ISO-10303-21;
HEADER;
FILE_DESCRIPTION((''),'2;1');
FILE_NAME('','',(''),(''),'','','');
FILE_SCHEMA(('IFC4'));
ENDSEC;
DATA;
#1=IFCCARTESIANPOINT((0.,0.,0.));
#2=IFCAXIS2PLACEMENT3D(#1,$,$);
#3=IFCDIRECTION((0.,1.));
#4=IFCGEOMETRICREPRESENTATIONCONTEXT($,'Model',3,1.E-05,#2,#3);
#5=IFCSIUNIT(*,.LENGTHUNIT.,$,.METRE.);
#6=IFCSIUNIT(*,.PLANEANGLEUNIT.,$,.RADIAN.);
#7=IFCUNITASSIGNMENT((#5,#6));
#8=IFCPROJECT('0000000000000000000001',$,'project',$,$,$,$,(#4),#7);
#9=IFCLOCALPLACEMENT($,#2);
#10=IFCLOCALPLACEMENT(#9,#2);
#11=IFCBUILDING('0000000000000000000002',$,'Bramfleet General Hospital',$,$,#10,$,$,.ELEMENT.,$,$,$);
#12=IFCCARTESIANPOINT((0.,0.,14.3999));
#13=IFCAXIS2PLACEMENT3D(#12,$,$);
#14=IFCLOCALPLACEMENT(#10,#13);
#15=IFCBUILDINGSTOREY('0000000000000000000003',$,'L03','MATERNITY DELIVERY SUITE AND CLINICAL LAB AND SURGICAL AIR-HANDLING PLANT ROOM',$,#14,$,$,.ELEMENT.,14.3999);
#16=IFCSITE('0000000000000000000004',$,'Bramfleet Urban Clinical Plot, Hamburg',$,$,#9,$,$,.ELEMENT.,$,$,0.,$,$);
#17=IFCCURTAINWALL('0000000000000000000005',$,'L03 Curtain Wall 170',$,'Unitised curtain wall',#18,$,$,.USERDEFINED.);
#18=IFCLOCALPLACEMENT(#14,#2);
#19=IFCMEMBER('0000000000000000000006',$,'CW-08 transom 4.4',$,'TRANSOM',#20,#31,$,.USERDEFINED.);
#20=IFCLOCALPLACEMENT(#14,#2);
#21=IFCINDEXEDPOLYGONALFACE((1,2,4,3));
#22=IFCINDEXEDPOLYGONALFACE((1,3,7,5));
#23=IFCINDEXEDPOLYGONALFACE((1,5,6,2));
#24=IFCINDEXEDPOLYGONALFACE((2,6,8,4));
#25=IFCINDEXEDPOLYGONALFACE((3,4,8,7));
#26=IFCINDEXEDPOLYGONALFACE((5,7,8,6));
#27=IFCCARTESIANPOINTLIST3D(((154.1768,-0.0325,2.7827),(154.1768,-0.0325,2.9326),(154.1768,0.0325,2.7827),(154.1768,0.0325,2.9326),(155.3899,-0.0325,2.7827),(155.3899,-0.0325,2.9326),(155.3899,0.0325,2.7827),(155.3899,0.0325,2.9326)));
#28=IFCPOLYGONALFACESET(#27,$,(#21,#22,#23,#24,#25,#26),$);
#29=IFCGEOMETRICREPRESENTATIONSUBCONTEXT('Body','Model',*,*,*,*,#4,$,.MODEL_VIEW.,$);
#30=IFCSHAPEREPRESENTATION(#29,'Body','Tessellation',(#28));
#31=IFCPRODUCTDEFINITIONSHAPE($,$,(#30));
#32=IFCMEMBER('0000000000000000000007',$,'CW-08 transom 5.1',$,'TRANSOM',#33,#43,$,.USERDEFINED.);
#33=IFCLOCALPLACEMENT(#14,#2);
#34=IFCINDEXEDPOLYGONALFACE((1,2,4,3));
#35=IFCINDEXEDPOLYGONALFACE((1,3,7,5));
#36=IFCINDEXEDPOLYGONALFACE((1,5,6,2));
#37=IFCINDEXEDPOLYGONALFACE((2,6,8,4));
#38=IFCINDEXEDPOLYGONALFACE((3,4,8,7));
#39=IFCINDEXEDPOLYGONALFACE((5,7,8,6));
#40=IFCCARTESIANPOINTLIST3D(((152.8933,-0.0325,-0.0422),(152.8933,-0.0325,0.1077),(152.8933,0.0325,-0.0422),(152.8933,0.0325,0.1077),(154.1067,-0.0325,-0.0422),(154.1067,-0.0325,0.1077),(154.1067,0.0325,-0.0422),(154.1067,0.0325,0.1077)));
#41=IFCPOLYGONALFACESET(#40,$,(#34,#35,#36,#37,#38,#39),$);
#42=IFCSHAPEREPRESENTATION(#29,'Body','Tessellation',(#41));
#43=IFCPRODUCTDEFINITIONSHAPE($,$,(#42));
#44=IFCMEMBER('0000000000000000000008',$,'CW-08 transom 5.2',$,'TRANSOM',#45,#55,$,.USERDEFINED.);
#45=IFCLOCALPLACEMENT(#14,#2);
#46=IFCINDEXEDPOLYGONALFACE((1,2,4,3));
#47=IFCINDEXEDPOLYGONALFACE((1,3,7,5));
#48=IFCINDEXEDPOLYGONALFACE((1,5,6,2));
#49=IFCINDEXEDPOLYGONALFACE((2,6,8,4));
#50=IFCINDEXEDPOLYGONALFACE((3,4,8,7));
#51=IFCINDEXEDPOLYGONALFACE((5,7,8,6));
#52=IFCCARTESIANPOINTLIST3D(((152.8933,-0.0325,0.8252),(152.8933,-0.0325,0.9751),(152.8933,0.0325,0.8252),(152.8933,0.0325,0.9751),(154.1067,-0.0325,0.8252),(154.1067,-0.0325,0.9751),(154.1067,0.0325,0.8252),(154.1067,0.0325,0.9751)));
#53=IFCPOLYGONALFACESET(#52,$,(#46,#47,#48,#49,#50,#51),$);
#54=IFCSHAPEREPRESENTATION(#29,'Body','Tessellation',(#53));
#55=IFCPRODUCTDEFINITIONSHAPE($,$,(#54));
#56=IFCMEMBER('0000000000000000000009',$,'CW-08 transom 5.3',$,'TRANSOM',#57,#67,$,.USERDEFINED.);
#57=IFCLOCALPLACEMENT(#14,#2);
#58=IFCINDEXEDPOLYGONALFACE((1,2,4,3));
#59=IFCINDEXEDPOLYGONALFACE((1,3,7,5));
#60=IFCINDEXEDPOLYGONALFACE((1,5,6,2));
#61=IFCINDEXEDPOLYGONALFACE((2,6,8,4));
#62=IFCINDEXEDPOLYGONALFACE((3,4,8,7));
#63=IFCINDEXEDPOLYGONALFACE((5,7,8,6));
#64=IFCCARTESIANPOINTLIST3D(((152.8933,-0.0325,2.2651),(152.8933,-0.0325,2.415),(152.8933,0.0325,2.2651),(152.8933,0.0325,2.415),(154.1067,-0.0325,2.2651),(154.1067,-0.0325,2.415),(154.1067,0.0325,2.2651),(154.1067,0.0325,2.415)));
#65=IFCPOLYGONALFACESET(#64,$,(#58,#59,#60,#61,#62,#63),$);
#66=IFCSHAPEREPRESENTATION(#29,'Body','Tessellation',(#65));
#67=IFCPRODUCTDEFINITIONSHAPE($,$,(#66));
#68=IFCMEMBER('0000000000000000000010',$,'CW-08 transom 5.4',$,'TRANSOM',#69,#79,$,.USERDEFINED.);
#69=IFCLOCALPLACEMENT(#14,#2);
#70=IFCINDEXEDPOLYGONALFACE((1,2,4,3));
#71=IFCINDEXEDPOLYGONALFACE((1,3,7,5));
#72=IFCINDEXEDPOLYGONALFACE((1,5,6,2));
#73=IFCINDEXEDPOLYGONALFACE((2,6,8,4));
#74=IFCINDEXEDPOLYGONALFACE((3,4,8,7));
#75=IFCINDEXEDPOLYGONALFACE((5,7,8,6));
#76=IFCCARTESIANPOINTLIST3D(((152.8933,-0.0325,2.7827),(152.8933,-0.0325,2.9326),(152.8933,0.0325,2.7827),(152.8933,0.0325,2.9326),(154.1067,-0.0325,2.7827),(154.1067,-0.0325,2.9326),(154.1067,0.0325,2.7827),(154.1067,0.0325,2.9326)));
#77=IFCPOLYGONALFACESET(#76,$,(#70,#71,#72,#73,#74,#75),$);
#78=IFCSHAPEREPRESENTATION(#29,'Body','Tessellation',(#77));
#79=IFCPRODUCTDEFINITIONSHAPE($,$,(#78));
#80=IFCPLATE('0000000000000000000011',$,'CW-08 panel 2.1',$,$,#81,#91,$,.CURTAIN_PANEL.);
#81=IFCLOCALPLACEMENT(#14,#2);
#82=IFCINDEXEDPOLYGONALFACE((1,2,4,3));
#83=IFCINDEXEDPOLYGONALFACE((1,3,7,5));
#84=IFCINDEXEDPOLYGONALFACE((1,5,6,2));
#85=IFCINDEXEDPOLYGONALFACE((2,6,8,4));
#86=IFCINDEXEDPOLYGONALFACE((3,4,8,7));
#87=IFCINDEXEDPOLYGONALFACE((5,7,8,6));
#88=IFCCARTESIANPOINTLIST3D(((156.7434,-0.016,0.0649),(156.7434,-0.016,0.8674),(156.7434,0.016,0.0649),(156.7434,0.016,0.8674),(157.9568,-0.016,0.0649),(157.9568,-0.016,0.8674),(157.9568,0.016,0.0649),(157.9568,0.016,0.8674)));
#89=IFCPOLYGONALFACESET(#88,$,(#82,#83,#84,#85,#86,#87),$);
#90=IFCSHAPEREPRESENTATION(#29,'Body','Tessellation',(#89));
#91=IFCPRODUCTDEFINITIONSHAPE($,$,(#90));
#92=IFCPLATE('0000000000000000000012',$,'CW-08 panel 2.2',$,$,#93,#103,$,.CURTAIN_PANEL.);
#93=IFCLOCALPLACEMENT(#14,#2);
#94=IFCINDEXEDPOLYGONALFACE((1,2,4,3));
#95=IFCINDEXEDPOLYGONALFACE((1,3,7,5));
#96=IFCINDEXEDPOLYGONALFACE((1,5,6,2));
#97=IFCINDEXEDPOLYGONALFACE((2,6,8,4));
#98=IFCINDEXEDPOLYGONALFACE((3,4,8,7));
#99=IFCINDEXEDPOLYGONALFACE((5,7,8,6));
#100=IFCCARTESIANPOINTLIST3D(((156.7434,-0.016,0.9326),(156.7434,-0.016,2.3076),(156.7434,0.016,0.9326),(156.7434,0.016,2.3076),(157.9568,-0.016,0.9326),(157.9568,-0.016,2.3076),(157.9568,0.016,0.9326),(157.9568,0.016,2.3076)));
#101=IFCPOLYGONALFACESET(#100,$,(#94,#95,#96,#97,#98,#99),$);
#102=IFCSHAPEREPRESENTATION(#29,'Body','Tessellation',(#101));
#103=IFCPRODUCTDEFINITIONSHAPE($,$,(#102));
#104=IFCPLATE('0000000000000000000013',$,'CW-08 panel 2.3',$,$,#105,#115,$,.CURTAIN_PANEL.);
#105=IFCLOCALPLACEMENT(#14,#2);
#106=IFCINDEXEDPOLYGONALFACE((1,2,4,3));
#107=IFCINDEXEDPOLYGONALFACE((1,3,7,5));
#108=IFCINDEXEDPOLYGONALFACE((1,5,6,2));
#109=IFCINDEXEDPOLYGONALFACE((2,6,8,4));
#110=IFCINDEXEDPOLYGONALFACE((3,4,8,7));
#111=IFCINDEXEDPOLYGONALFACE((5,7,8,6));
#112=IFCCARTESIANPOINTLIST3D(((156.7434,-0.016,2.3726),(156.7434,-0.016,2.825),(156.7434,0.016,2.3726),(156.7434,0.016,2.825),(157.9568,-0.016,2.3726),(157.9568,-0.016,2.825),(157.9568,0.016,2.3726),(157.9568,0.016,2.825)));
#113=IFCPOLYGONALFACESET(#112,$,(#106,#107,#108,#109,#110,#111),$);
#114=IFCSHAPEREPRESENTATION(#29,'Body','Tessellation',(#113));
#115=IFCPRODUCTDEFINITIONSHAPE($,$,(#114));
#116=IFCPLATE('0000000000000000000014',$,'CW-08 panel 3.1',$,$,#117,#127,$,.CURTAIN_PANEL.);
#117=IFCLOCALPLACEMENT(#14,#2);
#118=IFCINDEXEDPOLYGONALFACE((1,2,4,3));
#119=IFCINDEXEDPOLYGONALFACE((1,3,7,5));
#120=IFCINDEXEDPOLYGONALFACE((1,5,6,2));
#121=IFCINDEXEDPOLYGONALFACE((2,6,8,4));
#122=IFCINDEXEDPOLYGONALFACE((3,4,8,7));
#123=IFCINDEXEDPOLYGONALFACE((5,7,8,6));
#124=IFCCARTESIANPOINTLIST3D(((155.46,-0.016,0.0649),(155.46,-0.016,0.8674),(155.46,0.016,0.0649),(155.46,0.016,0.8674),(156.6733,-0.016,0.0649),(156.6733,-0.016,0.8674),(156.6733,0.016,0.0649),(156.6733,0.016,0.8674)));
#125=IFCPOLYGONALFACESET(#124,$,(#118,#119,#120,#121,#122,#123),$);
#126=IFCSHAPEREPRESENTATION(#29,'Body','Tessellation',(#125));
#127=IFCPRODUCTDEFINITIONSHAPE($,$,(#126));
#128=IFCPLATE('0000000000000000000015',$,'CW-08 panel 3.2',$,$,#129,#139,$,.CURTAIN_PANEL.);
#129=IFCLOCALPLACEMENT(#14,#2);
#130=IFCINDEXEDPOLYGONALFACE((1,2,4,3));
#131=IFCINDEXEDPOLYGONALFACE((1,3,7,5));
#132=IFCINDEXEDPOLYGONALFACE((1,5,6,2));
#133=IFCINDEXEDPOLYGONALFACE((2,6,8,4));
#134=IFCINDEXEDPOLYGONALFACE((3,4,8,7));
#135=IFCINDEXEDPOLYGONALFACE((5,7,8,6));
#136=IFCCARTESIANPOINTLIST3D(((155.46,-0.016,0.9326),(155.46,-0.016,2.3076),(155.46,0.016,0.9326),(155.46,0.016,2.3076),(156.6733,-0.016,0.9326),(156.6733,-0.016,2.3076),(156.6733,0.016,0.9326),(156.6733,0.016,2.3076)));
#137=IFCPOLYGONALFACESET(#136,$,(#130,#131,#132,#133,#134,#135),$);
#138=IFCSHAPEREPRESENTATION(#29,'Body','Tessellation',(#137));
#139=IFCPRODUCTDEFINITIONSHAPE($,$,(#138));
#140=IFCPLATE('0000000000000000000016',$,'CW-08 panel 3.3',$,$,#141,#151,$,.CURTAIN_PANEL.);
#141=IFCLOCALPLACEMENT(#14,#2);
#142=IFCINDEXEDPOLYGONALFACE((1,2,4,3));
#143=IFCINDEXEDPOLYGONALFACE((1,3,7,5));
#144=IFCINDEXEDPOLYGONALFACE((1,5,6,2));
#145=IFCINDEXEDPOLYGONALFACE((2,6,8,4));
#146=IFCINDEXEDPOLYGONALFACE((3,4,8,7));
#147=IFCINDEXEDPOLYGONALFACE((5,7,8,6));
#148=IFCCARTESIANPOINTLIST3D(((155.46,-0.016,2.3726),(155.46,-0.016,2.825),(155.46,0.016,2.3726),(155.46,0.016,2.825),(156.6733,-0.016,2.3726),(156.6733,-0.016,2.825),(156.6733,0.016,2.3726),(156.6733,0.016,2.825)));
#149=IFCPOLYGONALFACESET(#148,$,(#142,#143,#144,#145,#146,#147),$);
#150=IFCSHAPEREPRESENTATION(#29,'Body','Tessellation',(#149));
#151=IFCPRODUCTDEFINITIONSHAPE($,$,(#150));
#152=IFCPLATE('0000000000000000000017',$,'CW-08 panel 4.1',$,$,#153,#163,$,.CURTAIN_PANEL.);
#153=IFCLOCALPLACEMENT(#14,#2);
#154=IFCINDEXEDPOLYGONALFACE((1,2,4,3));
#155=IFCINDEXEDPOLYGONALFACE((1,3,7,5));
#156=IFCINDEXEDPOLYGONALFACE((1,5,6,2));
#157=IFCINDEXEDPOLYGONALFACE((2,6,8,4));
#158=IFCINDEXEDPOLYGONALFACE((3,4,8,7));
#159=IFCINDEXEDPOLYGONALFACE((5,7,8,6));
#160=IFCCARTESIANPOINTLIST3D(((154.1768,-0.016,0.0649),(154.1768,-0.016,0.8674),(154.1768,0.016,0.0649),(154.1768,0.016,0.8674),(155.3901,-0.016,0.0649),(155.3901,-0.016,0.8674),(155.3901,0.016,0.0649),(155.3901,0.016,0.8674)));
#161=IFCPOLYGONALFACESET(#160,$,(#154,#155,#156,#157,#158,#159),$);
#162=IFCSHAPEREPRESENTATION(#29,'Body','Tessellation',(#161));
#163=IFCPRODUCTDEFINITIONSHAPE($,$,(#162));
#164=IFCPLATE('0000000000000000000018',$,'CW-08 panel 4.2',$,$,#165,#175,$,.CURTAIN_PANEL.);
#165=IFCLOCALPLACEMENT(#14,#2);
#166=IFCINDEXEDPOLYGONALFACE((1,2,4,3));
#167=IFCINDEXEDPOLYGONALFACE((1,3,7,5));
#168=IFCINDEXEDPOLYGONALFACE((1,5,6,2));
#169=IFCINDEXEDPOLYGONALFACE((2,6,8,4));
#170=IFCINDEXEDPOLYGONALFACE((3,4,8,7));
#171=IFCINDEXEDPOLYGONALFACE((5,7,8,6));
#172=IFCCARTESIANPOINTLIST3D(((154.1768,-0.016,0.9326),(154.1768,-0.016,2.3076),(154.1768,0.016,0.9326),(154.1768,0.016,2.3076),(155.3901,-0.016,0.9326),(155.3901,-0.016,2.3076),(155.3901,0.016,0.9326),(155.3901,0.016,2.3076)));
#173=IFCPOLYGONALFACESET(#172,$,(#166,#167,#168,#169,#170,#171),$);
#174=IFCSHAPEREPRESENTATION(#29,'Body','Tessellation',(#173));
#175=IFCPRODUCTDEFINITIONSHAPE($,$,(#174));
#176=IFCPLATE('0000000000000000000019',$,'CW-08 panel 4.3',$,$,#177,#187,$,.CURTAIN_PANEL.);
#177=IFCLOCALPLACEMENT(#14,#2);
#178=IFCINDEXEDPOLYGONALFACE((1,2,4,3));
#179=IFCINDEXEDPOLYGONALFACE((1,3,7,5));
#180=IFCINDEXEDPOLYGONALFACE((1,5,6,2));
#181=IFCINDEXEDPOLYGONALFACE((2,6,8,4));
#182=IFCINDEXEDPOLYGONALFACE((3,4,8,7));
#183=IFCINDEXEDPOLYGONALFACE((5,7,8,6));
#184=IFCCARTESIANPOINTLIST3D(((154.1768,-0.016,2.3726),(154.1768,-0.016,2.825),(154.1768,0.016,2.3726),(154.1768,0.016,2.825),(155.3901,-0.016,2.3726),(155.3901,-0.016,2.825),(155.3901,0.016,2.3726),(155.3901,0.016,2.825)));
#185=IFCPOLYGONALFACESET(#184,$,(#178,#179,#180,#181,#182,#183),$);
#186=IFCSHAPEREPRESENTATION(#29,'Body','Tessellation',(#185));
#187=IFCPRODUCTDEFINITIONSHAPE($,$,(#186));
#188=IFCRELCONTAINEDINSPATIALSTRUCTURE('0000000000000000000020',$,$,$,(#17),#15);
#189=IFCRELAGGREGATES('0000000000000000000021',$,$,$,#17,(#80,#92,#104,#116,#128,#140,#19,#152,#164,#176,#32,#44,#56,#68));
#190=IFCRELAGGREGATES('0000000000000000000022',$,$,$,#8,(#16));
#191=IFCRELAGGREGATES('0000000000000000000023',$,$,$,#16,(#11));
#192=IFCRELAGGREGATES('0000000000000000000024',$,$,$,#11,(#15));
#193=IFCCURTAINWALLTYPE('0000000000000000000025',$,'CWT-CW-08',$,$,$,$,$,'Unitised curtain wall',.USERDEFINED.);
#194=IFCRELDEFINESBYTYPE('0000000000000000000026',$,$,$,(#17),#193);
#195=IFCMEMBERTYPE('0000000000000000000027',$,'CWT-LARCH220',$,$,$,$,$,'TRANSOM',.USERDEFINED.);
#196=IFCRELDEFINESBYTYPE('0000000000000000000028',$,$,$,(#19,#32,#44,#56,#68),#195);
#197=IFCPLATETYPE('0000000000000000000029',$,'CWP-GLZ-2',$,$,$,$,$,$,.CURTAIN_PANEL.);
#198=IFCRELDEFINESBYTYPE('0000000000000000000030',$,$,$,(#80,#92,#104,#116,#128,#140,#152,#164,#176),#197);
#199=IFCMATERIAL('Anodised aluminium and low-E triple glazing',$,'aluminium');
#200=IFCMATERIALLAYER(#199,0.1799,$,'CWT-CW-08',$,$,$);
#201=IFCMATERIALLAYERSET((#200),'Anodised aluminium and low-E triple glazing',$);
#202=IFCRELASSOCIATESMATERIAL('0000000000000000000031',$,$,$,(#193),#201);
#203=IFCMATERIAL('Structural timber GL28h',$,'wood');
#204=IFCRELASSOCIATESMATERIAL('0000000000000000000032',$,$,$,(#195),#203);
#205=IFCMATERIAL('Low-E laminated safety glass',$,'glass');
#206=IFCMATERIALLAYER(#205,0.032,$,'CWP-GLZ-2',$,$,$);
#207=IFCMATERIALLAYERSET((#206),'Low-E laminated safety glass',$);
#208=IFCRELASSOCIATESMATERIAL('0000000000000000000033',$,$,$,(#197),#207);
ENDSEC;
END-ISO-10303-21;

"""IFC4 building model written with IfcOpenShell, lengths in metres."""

from ifc_helpers import new_model, si_unit, direction, frame, origin, origin_2d, place, context, subcontext, project, spatial, rectangle, extrude, material, layer, layer_set, material_profile, profile_set, type_object, element, aggregate, save


model = new_model("IFC4")

# Units and contexts
model_context = context("Model", 3, precision=1e-05, world=origin(), true_north=direction((0.0, 1.0)))
body_context = subcontext(model_context, "Body", "Model", "MODEL_VIEW")
ifc_project = project(units=[si_unit("LENGTHUNIT", "METRE"), si_unit("PLANEANGLEUNIT", "RADIAN")], contexts=[model_context])

# Site, building, storey
site_placement = place(None, origin())
site = spatial("IfcSite", under=ifc_project, at=site_placement, Name="Bramfleet Urban Clinical Plot, Hamburg", CompositionType="ELEMENT", RefElevation=0.0)
building_placement = place(site_placement, origin())
building = spatial("IfcBuilding", under=site, at=building_placement, Name="Bramfleet General Hospital", CompositionType="ELEMENT")
storey_placement = place(building_placement, frame((0.0, 0.0, 14.3999)))
storey = spatial("IfcBuildingStorey", under=building, at=storey_placement, Name="L03", Description="MATERNITY DELIVERY SUITE AND CLINICAL LAB AND SURGICAL AIR-HANDLING PLANT ROOM", CompositionType="ELEMENT", Elevation=14.3999)

# Curtain wall, members, plates
ifc_material_1 = material(Name="Anodised aluminium and low-E triple glazing", Category="aluminium")
ifc_layer_1 = layer(ifc_material_1, 0.1799, Name="CWT-CW-08")
ifc_layer_set_1 = layer_set([ifc_layer_1], Name="Anodised aluminium and low-E triple glazing")
curtain_wall_type = type_object("IfcCurtainWallType", Name="CWT-CW-08", ElementType="Unitised curtain wall", PredefinedType="USERDEFINED", material=ifc_layer_set_1)
curtain_wall_placement = place(storey_placement, origin())
curtain_wall = element("IfcCurtainWall", 1, at=curtain_wall_placement, inside=storey, type_object=curtain_wall_type, Name="L03 Curtain Wall 170", ObjectType="Unitised curtain wall", PredefinedType="USERDEFINED")
ifc_material_2 = material(Name="Structural timber GL28h", Category="wood")
ifc_material_profile_1 = material_profile(ifc_material_2, rectangle(XDim=0.0649, YDim=0.1499, at=origin_2d()), Name="LARCH 150x65")
ifc_profile_set_1 = profile_set([ifc_material_profile_1], Name="Structural timber GL28h")
member_type_1 = type_object("IfcMemberType", Name="CWT-LARCH220", ElementType="TRANSOM", PredefinedType="USERDEFINED", material=ifc_profile_set_1)
member_1_placement = place(storey_placement, frame((155.3899, 0.0, 2.8577), z_axis=(-1.0, 0.0, 0.0), x_axis=(0.0, -1.0, 0.0)))
member_1 = element("IfcMember", 2, at=member_1_placement, type_object=member_type_1, Name="CW-08 transom 4.4", ObjectType="TRANSOM", PredefinedType="USERDEFINED", context=body_context, shape_type="SweptSolid", body=[
    extrude(rectangle(XDim=0.0649, YDim=0.1499, at=origin_2d()), origin(), (0.0, 0.0, 1.0), 1.2131),
])
member_2_placement = place(storey_placement, frame((154.1067, 0.0, 0.0327), z_axis=(-1.0, 0.0, 0.0), x_axis=(0.0, -1.0, 0.0)))
member_2 = element("IfcMember", 3, at=member_2_placement, type_object=member_type_1, Name="CW-08 transom 5.1", ObjectType="TRANSOM", PredefinedType="USERDEFINED", context=body_context, shape_type="SweptSolid", body=[
    extrude(rectangle(XDim=0.0649, YDim=0.1499, at=origin_2d()), origin(), (0.0, 0.0, 1.0), 1.2134),
])
member_3_placement = place(storey_placement, frame((154.1067, 0.0, 0.9001), z_axis=(-1.0, 0.0, 0.0), x_axis=(0.0, -1.0, 0.0)))
member_3 = element("IfcMember", 4, at=member_3_placement, type_object=member_type_1, Name="CW-08 transom 5.2", ObjectType="TRANSOM", PredefinedType="USERDEFINED", context=body_context, shape_type="SweptSolid", body=[
    extrude(rectangle(XDim=0.0649, YDim=0.1499, at=origin_2d()), origin(), (0.0, 0.0, 1.0), 1.2134),
])
member_4_placement = place(storey_placement, frame((154.1067, 0.0, 2.3401), z_axis=(-1.0, 0.0, 0.0), x_axis=(0.0, -1.0, 0.0)))
member_4 = element("IfcMember", 5, at=member_4_placement, type_object=member_type_1, Name="CW-08 transom 5.3", ObjectType="TRANSOM", PredefinedType="USERDEFINED", context=body_context, shape_type="SweptSolid", body=[
    extrude(rectangle(XDim=0.0649, YDim=0.1499, at=origin_2d()), origin(), (0.0, 0.0, 1.0), 1.2134),
])
member_5_placement = place(storey_placement, frame((154.1067, 0.0, 2.8577), z_axis=(-1.0, 0.0, 0.0), x_axis=(0.0, -1.0, 0.0)))
member_5 = element("IfcMember", 6, at=member_5_placement, type_object=member_type_1, Name="CW-08 transom 5.4", ObjectType="TRANSOM", PredefinedType="USERDEFINED", context=body_context, shape_type="SweptSolid", body=[
    extrude(rectangle(XDim=0.0649, YDim=0.1499, at=origin_2d()), origin(), (0.0, 0.0, 1.0), 1.2134),
])
ifc_material_3 = material(Name="Low-E laminated safety glass", Category="glass")
ifc_layer_2 = layer(ifc_material_3, 0.032, Name="CWP-GLZ-2")
ifc_layer_set_2 = layer_set([ifc_layer_2], Name="Low-E laminated safety glass")
plate_type = type_object("IfcPlateType", Name="CWP-GLZ-2", PredefinedType="CURTAIN_PANEL", material=ifc_layer_set_2)
plate_1_placement = place(storey_placement, frame((157.3501, 0.0, 0.0649), z_axis=(0.0, 0.0, 1.0), x_axis=(-1.0, 0.0, 0.0)))
plate_1 = element("IfcPlate", 7, at=plate_1_placement, type_object=plate_type, Name="CW-08 panel 2.1", PredefinedType="CURTAIN_PANEL", context=body_context, shape_type="SweptSolid", body=[
    extrude(rectangle(XDim=1.2134, YDim=0.032, at=origin_2d()), origin(), (0.0, 0.0, 1.0), 0.8025),
])
plate_2_placement = place(storey_placement, frame((157.3501, 0.0, 0.9326), z_axis=(0.0, 0.0, 1.0), x_axis=(-1.0, 0.0, 0.0)))
plate_2 = element("IfcPlate", 8, at=plate_2_placement, type_object=plate_type, Name="CW-08 panel 2.2", PredefinedType="CURTAIN_PANEL", context=body_context, shape_type="SweptSolid", body=[
    extrude(rectangle(XDim=1.2134, YDim=0.032, at=origin_2d()), origin(), (0.0, 0.0, 1.0), 1.375),
])
plate_3_placement = place(storey_placement, frame((157.3501, 0.0, 2.3726), z_axis=(0.0, 0.0, 1.0), x_axis=(-1.0, 0.0, 0.0)))
plate_3 = element("IfcPlate", 9, at=plate_3_placement, type_object=plate_type, Name="CW-08 panel 2.3", PredefinedType="CURTAIN_PANEL", context=body_context, shape_type="SweptSolid", body=[
    extrude(rectangle(XDim=1.2134, YDim=0.032, at=origin_2d()), origin(), (0.0, 0.0, 1.0), 0.4524),
])
plate_4_placement = place(storey_placement, frame((156.0667, 0.0, 0.0649), z_axis=(0.0, 0.0, 1.0), x_axis=(-1.0, 0.0, 0.0)))
plate_4 = element("IfcPlate", 10, at=plate_4_placement, type_object=plate_type, Name="CW-08 panel 3.1", PredefinedType="CURTAIN_PANEL", context=body_context, shape_type="SweptSolid", body=[
    extrude(rectangle(XDim=1.2134, YDim=0.032, at=origin_2d()), origin(), (0.0, 0.0, 1.0), 0.8025),
])
plate_5_placement = place(storey_placement, frame((156.0667, 0.0, 0.9326), z_axis=(0.0, 0.0, 1.0), x_axis=(-1.0, 0.0, 0.0)))
plate_5 = element("IfcPlate", 11, at=plate_5_placement, type_object=plate_type, Name="CW-08 panel 3.2", PredefinedType="CURTAIN_PANEL", context=body_context, shape_type="SweptSolid", body=[
    extrude(rectangle(XDim=1.2134, YDim=0.032, at=origin_2d()), origin(), (0.0, 0.0, 1.0), 1.375),
])
plate_6_placement = place(storey_placement, frame((156.0667, 0.0, 2.3726), z_axis=(0.0, 0.0, 1.0), x_axis=(-1.0, 0.0, 0.0)))
plate_6 = element("IfcPlate", 12, at=plate_6_placement, type_object=plate_type, Name="CW-08 panel 3.3", PredefinedType="CURTAIN_PANEL", context=body_context, shape_type="SweptSolid", body=[
    extrude(rectangle(XDim=1.2134, YDim=0.032, at=origin_2d()), origin(), (0.0, 0.0, 1.0), 0.4524),
])
plate_7_placement = place(storey_placement, frame((154.7834, 0.0, 0.0649), z_axis=(0.0, 0.0, 1.0), x_axis=(-1.0, 0.0, 0.0)))
plate_7 = element("IfcPlate", 13, at=plate_7_placement, type_object=plate_type, Name="CW-08 panel 4.1", PredefinedType="CURTAIN_PANEL", context=body_context, shape_type="SweptSolid", body=[
    extrude(rectangle(XDim=1.2134, YDim=0.032, at=origin_2d()), origin(), (0.0, 0.0, 1.0), 0.8025),
])
plate_8_placement = place(storey_placement, frame((154.7834, 0.0, 0.9326), z_axis=(0.0, 0.0, 1.0), x_axis=(-1.0, 0.0, 0.0)))
plate_8 = element("IfcPlate", 14, at=plate_8_placement, type_object=plate_type, Name="CW-08 panel 4.2", PredefinedType="CURTAIN_PANEL", context=body_context, shape_type="SweptSolid", body=[
    extrude(rectangle(XDim=1.2134, YDim=0.032, at=origin_2d()), origin(), (0.0, 0.0, 1.0), 1.375),
])
plate_9_placement = place(storey_placement, frame((154.7834, 0.0, 2.3726), z_axis=(0.0, 0.0, 1.0), x_axis=(-1.0, 0.0, 0.0)))
plate_9 = element("IfcPlate", 15, at=plate_9_placement, type_object=plate_type, Name="CW-08 panel 4.3", PredefinedType="CURTAIN_PANEL", context=body_context, shape_type="SweptSolid", body=[
    extrude(rectangle(XDim=1.2134, YDim=0.032, at=origin_2d()), origin(), (0.0, 0.0, 1.0), 0.4524),
])
aggregate(curtain_wall, [plate_1, plate_2, plate_3, plate_4, plate_5, plate_6, member_1, plate_7, plate_8, plate_9, member_2, member_3, member_4, member_5])

save(model, "model.ifc")
